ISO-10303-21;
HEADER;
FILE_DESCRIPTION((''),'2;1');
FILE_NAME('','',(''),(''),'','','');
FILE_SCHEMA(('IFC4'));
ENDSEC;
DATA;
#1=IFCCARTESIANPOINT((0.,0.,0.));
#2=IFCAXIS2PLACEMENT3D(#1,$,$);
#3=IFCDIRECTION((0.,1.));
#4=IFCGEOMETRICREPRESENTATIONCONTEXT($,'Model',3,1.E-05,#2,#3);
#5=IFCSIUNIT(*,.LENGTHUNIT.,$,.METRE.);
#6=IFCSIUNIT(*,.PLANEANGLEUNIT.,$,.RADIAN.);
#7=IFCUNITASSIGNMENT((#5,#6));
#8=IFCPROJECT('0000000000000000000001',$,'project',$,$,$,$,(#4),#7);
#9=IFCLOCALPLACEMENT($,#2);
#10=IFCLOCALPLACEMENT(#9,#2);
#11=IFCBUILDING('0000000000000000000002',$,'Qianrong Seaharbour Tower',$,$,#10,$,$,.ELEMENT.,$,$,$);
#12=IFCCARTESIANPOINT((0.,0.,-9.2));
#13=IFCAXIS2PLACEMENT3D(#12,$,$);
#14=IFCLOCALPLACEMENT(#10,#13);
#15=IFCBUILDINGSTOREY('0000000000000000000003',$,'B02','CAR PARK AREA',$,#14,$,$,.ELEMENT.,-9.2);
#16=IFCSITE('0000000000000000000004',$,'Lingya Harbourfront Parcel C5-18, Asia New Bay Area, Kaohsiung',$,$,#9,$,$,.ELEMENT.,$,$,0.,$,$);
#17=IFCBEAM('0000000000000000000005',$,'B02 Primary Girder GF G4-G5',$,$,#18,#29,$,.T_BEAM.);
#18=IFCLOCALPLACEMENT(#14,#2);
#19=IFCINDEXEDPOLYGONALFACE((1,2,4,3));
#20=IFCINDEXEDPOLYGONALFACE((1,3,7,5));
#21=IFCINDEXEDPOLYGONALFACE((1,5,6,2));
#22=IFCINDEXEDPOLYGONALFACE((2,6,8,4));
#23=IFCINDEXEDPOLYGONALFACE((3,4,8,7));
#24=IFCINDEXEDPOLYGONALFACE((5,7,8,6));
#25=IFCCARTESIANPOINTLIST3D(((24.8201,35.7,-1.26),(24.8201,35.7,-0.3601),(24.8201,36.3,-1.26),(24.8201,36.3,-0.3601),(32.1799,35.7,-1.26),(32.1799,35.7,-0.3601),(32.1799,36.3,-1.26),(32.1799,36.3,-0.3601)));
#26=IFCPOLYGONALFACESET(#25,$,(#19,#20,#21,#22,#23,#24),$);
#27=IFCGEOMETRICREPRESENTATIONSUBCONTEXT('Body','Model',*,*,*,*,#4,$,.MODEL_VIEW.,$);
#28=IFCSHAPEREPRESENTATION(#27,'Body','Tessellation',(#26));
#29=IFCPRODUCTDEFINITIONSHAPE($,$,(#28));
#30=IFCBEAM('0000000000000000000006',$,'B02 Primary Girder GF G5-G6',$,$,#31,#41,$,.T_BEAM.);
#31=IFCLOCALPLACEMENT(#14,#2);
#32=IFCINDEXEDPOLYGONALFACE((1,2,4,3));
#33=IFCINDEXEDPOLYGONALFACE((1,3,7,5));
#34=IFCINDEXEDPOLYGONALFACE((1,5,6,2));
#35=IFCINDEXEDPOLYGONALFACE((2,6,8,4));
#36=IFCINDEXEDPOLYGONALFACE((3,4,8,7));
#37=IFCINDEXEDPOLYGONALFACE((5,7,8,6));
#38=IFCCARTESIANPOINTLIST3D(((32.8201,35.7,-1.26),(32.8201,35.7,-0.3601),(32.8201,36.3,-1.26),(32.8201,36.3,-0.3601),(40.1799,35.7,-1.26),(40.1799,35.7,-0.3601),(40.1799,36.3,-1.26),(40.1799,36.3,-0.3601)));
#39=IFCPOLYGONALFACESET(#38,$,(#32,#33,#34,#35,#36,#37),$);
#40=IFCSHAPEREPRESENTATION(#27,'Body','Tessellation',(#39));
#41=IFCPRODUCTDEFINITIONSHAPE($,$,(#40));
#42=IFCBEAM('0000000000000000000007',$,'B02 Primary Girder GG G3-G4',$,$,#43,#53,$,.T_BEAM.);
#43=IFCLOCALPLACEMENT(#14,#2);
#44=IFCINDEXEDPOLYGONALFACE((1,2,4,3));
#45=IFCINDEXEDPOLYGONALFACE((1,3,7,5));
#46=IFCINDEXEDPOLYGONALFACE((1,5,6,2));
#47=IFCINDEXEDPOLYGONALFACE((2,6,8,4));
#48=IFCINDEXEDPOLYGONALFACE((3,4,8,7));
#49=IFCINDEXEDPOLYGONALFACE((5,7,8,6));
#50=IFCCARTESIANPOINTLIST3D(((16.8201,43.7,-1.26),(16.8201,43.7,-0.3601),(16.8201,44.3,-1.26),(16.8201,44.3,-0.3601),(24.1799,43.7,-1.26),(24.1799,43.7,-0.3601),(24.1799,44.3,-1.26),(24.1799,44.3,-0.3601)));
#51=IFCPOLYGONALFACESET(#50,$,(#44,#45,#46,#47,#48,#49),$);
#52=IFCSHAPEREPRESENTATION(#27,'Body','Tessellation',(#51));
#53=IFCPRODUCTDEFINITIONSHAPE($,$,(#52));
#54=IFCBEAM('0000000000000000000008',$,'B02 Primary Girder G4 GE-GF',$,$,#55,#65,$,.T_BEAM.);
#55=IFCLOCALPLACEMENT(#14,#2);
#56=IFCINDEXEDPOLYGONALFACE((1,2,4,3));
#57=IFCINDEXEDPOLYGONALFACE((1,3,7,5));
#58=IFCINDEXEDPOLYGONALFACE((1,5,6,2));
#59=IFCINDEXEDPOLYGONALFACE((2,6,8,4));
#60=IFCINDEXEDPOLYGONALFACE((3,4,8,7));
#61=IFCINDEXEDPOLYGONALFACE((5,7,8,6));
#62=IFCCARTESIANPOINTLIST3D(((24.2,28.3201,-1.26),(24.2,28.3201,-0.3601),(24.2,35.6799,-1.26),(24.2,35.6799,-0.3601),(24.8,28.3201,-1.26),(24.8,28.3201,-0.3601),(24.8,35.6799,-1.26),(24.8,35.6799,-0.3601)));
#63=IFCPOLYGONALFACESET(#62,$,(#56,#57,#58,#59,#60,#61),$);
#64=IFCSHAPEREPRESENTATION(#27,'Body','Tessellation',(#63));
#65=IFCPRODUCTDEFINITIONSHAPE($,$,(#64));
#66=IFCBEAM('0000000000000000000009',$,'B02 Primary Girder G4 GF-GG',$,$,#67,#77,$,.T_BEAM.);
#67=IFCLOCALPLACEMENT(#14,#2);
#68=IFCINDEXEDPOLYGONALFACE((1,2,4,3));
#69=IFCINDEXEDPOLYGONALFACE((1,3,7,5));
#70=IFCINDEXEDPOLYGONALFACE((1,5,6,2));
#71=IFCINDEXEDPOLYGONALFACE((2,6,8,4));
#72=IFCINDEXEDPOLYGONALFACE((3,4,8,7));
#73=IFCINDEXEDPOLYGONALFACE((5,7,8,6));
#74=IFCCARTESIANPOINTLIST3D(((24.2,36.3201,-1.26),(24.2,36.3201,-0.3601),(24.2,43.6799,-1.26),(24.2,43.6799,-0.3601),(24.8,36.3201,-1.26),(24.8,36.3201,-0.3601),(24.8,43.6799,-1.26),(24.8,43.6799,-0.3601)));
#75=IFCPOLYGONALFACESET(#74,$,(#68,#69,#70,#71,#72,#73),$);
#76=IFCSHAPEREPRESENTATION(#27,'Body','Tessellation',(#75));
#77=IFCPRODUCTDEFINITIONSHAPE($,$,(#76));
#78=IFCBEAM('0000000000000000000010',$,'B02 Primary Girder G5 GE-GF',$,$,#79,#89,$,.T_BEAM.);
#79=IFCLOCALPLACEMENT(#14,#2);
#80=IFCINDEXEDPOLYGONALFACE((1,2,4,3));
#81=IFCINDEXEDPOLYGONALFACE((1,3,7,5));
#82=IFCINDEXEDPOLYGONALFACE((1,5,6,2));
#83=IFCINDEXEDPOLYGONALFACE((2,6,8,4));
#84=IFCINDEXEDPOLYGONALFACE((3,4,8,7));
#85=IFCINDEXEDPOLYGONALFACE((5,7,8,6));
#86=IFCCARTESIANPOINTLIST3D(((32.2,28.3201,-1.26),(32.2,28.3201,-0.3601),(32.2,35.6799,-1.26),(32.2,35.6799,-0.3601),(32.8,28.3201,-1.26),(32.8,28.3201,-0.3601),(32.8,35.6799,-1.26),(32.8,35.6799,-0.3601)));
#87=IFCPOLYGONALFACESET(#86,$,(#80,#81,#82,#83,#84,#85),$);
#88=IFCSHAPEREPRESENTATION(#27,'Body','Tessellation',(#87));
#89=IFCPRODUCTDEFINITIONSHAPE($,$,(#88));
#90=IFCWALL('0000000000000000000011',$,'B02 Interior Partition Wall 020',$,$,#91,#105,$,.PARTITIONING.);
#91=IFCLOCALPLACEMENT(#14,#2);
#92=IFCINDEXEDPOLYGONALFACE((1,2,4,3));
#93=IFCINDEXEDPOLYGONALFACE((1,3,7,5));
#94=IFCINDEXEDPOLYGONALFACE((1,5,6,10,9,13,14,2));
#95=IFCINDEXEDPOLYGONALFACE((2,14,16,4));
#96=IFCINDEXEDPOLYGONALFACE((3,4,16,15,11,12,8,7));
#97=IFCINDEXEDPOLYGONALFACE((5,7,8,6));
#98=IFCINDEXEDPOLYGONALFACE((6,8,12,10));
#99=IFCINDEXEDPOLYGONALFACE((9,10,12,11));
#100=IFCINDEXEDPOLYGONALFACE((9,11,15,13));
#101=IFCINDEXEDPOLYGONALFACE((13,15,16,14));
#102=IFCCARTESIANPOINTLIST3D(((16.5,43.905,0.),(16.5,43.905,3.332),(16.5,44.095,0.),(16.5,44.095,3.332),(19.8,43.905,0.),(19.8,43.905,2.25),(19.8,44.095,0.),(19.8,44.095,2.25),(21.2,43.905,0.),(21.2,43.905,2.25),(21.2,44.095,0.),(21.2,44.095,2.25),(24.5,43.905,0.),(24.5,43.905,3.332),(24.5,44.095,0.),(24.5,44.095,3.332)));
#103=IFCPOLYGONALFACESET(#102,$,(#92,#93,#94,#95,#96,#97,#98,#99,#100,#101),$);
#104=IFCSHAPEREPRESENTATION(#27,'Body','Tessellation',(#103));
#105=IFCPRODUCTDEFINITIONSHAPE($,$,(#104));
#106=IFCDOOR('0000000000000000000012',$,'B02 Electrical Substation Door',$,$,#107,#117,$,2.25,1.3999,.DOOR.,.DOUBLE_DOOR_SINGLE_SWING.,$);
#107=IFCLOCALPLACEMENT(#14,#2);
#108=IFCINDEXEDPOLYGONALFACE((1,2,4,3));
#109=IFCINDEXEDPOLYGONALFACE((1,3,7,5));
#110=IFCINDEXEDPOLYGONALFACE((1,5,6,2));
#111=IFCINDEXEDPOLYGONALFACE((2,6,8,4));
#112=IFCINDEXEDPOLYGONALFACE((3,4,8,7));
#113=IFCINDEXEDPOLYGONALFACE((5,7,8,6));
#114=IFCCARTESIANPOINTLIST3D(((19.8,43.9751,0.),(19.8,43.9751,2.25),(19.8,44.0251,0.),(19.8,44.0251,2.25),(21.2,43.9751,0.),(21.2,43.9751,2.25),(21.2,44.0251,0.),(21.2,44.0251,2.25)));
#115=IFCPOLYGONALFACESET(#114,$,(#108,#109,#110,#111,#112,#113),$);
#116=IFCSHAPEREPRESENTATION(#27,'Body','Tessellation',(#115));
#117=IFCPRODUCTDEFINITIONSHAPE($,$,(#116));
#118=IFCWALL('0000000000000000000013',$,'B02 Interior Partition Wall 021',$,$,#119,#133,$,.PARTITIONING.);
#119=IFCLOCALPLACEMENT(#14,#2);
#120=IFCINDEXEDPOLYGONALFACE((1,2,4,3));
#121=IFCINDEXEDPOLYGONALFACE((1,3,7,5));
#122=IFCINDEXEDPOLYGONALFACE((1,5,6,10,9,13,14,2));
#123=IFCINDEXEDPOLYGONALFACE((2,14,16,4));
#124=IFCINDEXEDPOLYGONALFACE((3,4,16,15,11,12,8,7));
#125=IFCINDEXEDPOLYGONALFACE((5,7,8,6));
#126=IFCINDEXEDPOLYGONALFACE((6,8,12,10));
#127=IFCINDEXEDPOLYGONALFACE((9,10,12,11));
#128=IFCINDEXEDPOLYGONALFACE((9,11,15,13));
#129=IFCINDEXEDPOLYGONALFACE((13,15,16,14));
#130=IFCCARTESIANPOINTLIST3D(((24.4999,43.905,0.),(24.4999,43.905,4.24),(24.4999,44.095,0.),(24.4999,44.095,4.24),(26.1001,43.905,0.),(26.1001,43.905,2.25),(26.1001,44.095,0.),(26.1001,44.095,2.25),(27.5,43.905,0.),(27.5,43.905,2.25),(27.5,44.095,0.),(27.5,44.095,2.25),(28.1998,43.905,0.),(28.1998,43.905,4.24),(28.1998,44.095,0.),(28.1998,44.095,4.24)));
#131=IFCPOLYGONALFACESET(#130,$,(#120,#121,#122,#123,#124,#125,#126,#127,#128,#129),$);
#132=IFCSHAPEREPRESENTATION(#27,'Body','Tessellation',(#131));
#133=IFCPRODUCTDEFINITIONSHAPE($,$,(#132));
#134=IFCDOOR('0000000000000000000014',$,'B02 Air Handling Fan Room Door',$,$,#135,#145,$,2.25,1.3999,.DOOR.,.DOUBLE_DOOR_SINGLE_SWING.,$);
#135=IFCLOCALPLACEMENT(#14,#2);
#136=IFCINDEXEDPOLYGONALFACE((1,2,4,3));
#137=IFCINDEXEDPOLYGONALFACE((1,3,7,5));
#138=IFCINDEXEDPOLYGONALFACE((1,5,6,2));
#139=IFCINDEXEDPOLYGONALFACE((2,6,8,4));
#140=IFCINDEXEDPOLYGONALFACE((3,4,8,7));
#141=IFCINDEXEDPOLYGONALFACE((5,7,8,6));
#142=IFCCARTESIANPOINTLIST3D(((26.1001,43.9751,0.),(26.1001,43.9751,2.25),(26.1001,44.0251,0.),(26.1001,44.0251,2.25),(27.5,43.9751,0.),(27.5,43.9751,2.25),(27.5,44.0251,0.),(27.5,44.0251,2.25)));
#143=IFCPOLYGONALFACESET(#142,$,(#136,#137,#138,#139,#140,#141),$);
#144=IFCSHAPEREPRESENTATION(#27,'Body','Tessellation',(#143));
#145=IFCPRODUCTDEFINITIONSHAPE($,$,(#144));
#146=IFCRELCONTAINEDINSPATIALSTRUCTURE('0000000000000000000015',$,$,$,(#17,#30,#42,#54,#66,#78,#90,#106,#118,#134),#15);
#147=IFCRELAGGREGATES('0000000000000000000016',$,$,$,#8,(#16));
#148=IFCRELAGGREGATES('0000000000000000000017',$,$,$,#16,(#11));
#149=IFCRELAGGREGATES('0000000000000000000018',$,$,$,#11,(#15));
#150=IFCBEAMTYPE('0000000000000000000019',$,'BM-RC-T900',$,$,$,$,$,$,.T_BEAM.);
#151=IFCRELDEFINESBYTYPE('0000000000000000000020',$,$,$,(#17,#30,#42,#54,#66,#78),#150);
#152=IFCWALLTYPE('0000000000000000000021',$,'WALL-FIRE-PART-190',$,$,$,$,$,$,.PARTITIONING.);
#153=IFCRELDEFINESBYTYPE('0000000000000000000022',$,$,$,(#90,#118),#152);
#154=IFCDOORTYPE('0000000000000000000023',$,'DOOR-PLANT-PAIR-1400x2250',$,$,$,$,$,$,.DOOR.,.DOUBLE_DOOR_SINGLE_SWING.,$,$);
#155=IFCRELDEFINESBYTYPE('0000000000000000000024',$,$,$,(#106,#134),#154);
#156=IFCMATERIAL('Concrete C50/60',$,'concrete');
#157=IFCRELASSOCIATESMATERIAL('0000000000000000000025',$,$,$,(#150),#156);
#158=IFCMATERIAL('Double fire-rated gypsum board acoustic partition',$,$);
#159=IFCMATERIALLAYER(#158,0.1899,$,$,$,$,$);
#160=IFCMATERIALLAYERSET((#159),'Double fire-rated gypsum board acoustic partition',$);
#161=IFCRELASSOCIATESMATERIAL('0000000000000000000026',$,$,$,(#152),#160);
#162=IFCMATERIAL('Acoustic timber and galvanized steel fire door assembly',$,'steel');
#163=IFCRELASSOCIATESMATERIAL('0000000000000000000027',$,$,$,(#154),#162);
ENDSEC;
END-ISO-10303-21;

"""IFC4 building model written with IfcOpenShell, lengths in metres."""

from ifc_helpers import new_model, si_unit, direction, frame, frame_2d, origin, origin_2d, place, context, subcontext, project, spatial, rectangle, extrude, material, layer, layer_set, material_profile, profile_set, type_object, element, fill, save


model = new_model("IFC4")

# Units and contexts
model_context = context("Model", 3, precision=1e-05, world=origin(), true_north=direction((0.0, 1.0)))
body_context = subcontext(model_context, "Body", "Model", "MODEL_VIEW")
ifc_project = project(units=[si_unit("LENGTHUNIT", "METRE"), si_unit("PLANEANGLEUNIT", "RADIAN")], contexts=[model_context])

# Site, building, storey
site_placement = place(None, origin())
site = spatial("IfcSite", under=ifc_project, at=site_placement, Name="Lingya Harbourfront Parcel C5-18, Asia New Bay Area, Kaohsiung", CompositionType="ELEMENT", RefElevation=0.0)
building_placement = place(site_placement, origin())
building = spatial("IfcBuilding", under=site, at=building_placement, Name="Qianrong Seaharbour Tower", CompositionType="ELEMENT")
storey_placement = place(building_placement, frame((0.0, 0.0, -9.2)))
storey = spatial("IfcBuildingStorey", under=building, at=storey_placement, Name="B02", Description="CAR PARK AREA", CompositionType="ELEMENT", Elevation=-9.2)

# Beams
ifc_material_1 = material(Name="Concrete C50/60", Category="concrete")
ifc_material_profile_1 = material_profile(ifc_material_1, rectangle(XDim=0.6001, YDim=0.8999, at=origin_2d()), Name="RC600x900")
ifc_profile_set_1 = profile_set([ifc_material_profile_1], Name="Concrete C50/60")
beam_type_1 = type_object("IfcBeamType", Name="BM-RC-T900", PredefinedType="T_BEAM", material=ifc_profile_set_1)
for number, where, z_axis, x_axis, name in (
    (1, (24.8201, 36.0, -0.8101), (1.0, 0.0, 0.0), (0.0, 1.0, 0.0), "B02 Primary Girder GF G4-G5"),
    (2, (32.8201, 36.0, -0.8101), (1.0, 0.0, 0.0), (0.0, 1.0, 0.0), "B02 Primary Girder GF G5-G6"),
    (3, (16.8201, 44.0, -0.8101), (1.0, 0.0, 0.0), (0.0, 1.0, 0.0), "B02 Primary Girder GG G3-G4"),
    (4, (24.5, 28.3201, -0.8101), (0.0, 1.0, 0.0), (-1.0, 0.0, 0.0), "B02 Primary Girder G4 GE-GF"),
    (5, (24.5, 36.3201, -0.8101), (0.0, 1.0, 0.0), (-1.0, 0.0, 0.0), "B02 Primary Girder G4 GF-GG"),
    (6, (32.5, 28.3201, -0.8101), (0.0, 1.0, 0.0), (-1.0, 0.0, 0.0), "B02 Primary Girder G5 GE-GF"),
):
    element("IfcBeam", number, at=place(storey_placement, frame(where, z_axis=z_axis, x_axis=x_axis)), inside=storey, type_object=beam_type_1, Name=name, PredefinedType="T_BEAM", context=body_context, shape_type="SweptSolid", body=[
        extrude(rectangle(XDim=0.6001, YDim=0.8999, at=origin_2d()), origin(), (0.0, 0.0, 1.0), 7.3599),
    ])

# Walls, openings, doors
ifc_material_2 = material(Name="Acoustic timber and galvanized steel fire door assembly", Category="steel")
ifc_material_3 = material(Name="Double fire-rated gypsum board acoustic partition")
ifc_layer_1 = layer(ifc_material_3, 0.1899)
ifc_layer_set_1 = layer_set([ifc_layer_1], Name="Double fire-rated gypsum board acoustic partition")
wall_type_1 = type_object("IfcWallType", Name="WALL-FIRE-PART-190", PredefinedType="PARTITIONING", material=ifc_layer_set_1)
wall_1_placement = place(storey_placement, frame((24.5, 44.0, 0.0), z_axis=(0.0, 0.0, 1.0), x_axis=(-1.0, 0.0, 0.0)))
wall_1 = element("IfcWall", 7, at=wall_1_placement, inside=storey, type_object=wall_type_1, Name="B02 Interior Partition Wall 020", PredefinedType="PARTITIONING", context=body_context, shape_type="SweptSolid", body=[
    extrude(rectangle(XDim=8.0, YDim=0.1899, at=frame_2d((4.0, 0.0))), origin(), (0.0, 0.0, 1.0), 3.332),
])
opening_1_placement = place(wall_1_placement, frame((3.3, 0.0, 0.0)))
opening_1 = element("IfcOpeningElement", 8, at=opening_1_placement, cuts=wall_1, PredefinedType="OPENING", context=body_context, shape_type="SweptSolid", body=[
    extrude(rectangle(XDim=1.3999, YDim=2.25, at=frame_2d((0.7, 1.125))), frame((0.0, 0.105, 0.0), z_axis=(0.0, -1.0, 0.0), x_axis=(1.0, 0.0, 0.0)), (0.0, 0.0, 1.0), 0.21),
])
door_type_1 = type_object("IfcDoorType", Name="DOOR-PLANT-PAIR-1400x2250", OperationType="DOUBLE_DOOR_SINGLE_SWING", PredefinedType="DOOR", material=ifc_material_2)
door_1_placement = place(opening_1_placement, origin())
door_1 = element("IfcDoor", 9, at=door_1_placement, inside=storey, type_object=door_type_1, Name="B02 Electrical Substation Door", OperationType="DOUBLE_DOOR_SINGLE_SWING", OverallHeight=2.25, OverallWidth=1.3999, PredefinedType="DOOR", context=body_context, shape_type="SweptSolid", body=[
    extrude(rectangle(XDim=1.3999, YDim=2.25, at=frame_2d((0.7, 1.125))), frame((0.0, 0.0249, 0.0), z_axis=(0.0, -1.0, 0.0), x_axis=(1.0, 0.0, 0.0)), (0.0, 0.0, 1.0), 0.05),
])
fill(opening_1, door_1)
wall_2_placement = place(storey_placement, frame((28.2, 44.0, 0.0), z_axis=(0.0, 0.0, 1.0), x_axis=(-1.0, 0.0, 0.0)))
wall_2 = element("IfcWall", 10, at=wall_2_placement, inside=storey, type_object=wall_type_1, Name="B02 Interior Partition Wall 021", PredefinedType="PARTITIONING", context=body_context, shape_type="SweptSolid", body=[
    extrude(rectangle(XDim=3.7, YDim=0.1899, at=frame_2d((1.8501, 0.0))), origin(), (0.0, 0.0, 1.0), 4.24),
])
opening_2_placement = place(wall_2_placement, frame((0.7, 0.0, 0.0)))
opening_2 = element("IfcOpeningElement", 11, at=opening_2_placement, cuts=wall_2, PredefinedType="OPENING", context=body_context, shape_type="SweptSolid", body=[
    extrude(rectangle(XDim=1.3999, YDim=2.25, at=frame_2d((0.7, 1.125))), frame((0.0, 0.105, 0.0), z_axis=(0.0, -1.0, 0.0), x_axis=(1.0, 0.0, 0.0)), (0.0, 0.0, 1.0), 0.21),
])
door_2_placement = place(opening_2_placement, origin())
door_2 = element("IfcDoor", 12, at=door_2_placement, inside=storey, type_object=door_type_1, Name="B02 Air Handling Fan Room Door", OperationType="DOUBLE_DOOR_SINGLE_SWING", OverallHeight=2.25, OverallWidth=1.3999, PredefinedType="DOOR", context=body_context, shape_type="SweptSolid", body=[
    extrude(rectangle(XDim=1.3999, YDim=2.25, at=frame_2d((0.7, 1.125))), frame((0.0, 0.0249, 0.0), z_axis=(0.0, -1.0, 0.0), x_axis=(1.0, 0.0, 0.0)), (0.0, 0.0, 1.0), 0.05),
])
fill(opening_2, door_2)

save(model, "model.ifc")
